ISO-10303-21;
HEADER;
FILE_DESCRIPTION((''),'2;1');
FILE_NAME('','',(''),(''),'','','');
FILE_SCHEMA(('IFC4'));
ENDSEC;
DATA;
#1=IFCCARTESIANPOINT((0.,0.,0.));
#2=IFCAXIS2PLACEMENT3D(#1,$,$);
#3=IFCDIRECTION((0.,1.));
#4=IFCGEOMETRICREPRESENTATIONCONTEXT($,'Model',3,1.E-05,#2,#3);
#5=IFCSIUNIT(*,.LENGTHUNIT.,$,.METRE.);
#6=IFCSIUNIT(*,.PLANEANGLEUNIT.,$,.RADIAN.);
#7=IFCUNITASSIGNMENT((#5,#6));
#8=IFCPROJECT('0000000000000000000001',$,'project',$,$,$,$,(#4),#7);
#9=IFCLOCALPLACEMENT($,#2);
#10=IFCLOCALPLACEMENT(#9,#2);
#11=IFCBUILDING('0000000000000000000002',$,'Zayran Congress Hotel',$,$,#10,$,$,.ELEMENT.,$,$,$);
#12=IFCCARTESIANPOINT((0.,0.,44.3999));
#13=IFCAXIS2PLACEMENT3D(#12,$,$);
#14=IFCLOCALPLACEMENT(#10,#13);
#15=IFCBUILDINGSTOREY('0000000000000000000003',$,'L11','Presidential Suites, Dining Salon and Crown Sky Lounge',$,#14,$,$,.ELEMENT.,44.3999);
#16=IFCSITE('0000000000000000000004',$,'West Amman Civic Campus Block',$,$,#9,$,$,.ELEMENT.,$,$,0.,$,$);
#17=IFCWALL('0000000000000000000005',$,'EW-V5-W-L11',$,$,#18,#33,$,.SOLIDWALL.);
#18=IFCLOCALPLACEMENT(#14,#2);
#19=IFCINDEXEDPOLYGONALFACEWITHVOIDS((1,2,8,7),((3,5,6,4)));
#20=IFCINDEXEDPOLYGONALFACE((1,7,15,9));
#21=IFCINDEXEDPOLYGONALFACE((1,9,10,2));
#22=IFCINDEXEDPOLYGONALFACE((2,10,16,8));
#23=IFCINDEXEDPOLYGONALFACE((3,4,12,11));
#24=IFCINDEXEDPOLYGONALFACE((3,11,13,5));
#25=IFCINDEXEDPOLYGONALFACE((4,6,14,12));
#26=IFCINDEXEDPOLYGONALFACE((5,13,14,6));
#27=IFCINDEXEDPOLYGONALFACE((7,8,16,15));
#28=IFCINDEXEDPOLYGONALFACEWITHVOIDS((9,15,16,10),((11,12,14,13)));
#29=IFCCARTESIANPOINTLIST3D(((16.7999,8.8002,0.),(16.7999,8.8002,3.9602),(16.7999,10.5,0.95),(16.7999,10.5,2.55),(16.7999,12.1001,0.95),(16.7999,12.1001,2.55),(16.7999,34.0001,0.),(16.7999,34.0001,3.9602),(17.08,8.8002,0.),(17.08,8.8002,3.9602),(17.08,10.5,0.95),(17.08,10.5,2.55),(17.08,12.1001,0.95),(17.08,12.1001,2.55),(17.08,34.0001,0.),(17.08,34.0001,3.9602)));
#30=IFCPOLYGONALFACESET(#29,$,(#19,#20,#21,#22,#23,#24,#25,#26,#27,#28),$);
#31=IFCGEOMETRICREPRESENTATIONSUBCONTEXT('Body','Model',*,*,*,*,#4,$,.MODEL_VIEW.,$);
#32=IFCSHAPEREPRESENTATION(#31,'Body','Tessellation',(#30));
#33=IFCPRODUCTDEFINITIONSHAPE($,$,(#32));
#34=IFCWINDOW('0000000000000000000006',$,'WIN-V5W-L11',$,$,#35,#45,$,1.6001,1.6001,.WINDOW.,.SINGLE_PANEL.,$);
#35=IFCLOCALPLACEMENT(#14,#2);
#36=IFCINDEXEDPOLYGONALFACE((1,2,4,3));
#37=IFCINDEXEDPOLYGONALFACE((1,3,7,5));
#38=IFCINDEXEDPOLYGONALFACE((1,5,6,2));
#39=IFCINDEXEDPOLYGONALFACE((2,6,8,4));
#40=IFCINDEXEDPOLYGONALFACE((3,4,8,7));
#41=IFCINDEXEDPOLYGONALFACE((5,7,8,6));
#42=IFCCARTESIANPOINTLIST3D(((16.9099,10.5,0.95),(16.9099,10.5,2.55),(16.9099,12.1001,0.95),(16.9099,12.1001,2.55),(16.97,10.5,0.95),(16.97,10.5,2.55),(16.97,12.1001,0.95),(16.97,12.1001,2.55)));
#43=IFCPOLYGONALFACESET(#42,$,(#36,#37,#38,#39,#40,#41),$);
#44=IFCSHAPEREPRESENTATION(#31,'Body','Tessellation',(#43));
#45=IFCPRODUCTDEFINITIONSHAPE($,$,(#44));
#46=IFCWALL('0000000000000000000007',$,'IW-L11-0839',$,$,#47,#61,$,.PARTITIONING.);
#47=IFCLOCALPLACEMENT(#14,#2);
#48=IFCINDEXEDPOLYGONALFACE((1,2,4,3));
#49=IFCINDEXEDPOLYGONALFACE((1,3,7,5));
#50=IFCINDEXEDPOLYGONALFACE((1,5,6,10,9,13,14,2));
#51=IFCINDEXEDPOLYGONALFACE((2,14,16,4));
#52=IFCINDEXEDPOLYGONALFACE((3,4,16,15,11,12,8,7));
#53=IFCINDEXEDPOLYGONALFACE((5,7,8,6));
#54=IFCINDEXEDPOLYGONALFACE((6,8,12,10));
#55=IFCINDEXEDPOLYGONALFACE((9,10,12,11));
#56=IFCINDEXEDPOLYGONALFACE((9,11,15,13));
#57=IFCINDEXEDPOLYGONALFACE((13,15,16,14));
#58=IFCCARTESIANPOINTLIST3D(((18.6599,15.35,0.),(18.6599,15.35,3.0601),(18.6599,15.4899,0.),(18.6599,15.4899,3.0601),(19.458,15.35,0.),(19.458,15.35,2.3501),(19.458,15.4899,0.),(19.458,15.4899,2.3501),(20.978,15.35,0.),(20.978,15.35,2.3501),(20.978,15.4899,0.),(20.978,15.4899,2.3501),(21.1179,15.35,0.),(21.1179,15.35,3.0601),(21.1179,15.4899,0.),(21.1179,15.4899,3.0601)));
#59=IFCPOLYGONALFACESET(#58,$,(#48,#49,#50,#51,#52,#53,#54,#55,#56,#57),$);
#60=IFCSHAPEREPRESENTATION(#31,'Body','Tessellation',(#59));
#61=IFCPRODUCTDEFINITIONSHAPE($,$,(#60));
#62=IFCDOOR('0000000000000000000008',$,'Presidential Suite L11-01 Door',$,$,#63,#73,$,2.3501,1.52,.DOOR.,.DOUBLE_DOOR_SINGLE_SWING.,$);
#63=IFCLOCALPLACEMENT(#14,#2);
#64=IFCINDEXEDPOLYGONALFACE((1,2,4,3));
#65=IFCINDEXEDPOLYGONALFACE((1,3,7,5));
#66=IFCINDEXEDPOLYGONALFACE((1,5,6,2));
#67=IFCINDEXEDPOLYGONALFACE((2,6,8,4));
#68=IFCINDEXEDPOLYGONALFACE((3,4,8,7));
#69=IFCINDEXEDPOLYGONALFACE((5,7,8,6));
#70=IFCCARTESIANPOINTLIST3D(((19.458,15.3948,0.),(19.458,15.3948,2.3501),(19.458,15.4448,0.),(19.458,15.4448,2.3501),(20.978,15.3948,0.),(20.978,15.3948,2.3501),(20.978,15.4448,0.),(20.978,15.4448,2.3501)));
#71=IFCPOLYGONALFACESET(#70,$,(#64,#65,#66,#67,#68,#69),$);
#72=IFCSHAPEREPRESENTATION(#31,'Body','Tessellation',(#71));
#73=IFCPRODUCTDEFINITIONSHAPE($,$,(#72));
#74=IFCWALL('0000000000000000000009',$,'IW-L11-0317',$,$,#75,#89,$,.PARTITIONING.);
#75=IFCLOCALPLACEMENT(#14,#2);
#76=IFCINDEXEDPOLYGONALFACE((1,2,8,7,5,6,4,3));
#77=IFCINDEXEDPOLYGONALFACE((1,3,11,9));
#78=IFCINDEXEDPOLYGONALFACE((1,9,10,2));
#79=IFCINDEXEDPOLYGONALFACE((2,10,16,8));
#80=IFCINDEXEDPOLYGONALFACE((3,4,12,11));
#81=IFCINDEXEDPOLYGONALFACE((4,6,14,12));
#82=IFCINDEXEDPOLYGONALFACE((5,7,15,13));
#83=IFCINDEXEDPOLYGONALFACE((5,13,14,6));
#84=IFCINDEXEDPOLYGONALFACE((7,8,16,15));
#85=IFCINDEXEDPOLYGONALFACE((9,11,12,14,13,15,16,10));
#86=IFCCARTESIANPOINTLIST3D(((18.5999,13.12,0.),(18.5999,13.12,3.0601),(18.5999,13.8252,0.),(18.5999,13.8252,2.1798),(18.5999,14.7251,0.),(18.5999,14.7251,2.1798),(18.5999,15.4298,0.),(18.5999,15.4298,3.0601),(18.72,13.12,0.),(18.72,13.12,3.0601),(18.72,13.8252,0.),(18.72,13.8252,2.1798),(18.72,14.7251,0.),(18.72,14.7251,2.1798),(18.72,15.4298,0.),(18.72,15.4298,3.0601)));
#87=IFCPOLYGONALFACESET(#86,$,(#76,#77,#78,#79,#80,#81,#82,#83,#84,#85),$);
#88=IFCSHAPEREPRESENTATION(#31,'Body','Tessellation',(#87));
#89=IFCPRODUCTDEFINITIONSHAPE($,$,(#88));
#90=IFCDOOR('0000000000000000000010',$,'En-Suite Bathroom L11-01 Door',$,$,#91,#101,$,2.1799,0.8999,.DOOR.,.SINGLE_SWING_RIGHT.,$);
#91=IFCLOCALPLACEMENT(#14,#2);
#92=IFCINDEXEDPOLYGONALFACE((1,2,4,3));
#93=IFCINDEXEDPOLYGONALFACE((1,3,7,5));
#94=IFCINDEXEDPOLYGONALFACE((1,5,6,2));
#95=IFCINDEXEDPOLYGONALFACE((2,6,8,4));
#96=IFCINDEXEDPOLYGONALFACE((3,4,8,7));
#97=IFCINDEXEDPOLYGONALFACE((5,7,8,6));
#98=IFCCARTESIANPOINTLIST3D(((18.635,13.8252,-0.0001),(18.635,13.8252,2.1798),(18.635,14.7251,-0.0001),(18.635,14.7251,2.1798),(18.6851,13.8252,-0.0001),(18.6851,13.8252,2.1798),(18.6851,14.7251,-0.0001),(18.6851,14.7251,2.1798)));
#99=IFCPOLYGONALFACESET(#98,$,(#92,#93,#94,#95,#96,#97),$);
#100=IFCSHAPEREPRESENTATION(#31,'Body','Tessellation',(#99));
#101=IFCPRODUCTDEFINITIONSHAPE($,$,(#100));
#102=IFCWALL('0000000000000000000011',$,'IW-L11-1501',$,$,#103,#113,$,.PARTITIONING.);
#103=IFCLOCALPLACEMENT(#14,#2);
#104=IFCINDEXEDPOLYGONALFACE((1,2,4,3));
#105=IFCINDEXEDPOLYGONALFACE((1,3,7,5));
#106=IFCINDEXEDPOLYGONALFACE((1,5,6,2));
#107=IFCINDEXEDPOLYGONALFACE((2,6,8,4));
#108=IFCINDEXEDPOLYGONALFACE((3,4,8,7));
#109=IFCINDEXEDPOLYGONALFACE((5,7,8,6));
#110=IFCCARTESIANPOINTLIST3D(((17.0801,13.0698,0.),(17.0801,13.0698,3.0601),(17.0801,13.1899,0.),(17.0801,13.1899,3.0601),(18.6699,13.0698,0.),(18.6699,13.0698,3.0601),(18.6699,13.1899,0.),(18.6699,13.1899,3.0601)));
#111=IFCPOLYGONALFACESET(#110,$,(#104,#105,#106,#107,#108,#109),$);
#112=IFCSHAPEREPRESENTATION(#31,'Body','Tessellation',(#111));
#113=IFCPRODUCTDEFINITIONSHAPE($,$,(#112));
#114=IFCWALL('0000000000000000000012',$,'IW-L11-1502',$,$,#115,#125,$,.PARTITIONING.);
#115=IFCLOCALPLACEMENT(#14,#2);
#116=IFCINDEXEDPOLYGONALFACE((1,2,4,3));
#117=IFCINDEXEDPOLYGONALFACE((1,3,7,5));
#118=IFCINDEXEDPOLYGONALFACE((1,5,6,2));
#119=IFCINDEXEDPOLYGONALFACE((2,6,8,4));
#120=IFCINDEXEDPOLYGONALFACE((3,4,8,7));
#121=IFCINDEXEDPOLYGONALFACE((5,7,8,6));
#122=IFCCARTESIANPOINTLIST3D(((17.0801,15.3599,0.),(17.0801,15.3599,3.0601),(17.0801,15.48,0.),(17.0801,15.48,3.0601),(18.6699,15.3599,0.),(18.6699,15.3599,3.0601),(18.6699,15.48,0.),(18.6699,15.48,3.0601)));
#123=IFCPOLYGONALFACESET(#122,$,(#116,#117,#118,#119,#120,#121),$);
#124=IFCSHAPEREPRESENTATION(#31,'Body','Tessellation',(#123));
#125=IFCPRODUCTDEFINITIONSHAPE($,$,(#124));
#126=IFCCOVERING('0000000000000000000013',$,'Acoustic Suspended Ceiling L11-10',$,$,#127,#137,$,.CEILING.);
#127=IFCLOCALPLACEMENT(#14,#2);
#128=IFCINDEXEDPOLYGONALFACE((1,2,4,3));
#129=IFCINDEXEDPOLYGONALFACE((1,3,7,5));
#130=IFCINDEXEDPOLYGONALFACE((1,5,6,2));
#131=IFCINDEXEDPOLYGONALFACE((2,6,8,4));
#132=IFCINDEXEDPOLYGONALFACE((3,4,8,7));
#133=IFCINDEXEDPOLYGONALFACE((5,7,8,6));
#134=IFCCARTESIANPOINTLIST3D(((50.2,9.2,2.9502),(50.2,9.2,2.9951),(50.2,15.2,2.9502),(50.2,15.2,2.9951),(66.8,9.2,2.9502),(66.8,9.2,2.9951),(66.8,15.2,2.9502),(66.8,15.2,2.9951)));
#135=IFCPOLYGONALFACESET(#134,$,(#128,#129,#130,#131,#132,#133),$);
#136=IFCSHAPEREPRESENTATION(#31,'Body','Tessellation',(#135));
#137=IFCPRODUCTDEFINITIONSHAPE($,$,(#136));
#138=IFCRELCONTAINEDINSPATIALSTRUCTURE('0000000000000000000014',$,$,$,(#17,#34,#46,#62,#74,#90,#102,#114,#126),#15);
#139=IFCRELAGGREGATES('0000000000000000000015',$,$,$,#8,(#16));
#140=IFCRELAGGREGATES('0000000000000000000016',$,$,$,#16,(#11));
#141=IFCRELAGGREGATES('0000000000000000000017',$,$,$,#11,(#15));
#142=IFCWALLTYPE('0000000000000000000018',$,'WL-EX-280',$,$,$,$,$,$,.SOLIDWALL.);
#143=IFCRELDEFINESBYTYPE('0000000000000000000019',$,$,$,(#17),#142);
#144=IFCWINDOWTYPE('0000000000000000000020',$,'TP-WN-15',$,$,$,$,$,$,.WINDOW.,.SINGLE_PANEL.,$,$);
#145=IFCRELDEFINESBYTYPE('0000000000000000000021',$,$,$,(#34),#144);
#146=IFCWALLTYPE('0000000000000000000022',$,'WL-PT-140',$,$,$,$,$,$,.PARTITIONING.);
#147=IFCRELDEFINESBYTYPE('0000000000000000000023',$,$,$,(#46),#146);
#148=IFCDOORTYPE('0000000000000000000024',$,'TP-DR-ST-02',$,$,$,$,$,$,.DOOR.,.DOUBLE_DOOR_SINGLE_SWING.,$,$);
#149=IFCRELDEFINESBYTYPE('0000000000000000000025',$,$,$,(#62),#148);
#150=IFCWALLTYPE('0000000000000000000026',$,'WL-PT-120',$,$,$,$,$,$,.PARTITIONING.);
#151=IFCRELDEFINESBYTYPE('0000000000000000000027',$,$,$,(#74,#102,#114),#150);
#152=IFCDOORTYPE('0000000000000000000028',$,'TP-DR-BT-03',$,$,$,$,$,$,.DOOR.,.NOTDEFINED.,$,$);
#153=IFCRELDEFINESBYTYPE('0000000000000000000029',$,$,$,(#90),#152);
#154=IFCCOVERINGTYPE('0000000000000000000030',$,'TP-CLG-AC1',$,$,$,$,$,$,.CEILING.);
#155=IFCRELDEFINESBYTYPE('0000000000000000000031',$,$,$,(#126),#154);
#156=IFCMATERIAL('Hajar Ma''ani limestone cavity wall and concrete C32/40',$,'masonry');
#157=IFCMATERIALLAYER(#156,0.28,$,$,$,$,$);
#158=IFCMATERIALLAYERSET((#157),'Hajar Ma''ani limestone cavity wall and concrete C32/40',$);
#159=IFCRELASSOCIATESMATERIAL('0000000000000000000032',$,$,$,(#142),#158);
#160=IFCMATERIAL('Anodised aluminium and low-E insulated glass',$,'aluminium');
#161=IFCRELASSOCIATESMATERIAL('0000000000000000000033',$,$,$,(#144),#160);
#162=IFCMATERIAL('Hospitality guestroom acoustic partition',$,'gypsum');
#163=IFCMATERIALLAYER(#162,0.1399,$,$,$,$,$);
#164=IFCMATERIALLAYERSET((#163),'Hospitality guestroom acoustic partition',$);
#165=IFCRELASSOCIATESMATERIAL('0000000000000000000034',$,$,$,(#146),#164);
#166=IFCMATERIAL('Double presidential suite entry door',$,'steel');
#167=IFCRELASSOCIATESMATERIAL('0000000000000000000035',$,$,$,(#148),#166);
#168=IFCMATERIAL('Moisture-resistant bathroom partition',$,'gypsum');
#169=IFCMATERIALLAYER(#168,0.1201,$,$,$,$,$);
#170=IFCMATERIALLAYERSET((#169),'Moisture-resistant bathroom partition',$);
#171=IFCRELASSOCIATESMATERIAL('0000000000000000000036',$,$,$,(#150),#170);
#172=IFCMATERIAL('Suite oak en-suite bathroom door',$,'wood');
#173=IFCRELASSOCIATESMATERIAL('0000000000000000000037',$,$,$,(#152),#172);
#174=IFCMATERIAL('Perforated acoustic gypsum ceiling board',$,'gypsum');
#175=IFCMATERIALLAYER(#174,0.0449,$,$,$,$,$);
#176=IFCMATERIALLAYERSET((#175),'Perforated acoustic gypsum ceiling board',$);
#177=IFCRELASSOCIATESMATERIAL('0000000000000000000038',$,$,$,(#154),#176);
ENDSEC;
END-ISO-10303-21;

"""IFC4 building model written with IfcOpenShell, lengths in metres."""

from ifc_helpers import new_model, si_unit, direction, frame, frame_2d, origin, place, context, subcontext, project, spatial, polyline, rectangle, outline, extrude, material, layer, layer_set, type_object, element, fill, save


model = new_model("IFC4")

# Units and contexts
model_context = context("Model", 3, precision=1e-05, world=origin(), true_north=direction((0.0, 1.0)))
body_context = subcontext(model_context, "Body", "Model", "MODEL_VIEW")
ifc_project = project(units=[si_unit("LENGTHUNIT", "METRE"), si_unit("PLANEANGLEUNIT", "RADIAN")], contexts=[model_context])

# Site, building, storey
site_placement = place(None, origin())
site = spatial("IfcSite", under=ifc_project, at=site_placement, Name="West Amman Civic Campus Block", CompositionType="ELEMENT", RefElevation=0.0)
building_placement = place(site_placement, origin())
building = spatial("IfcBuilding", under=site, at=building_placement, Name="Zayran Congress Hotel", CompositionType="ELEMENT")
storey_placement = place(building_placement, frame((0.0, 0.0, 44.3999)))
storey = spatial("IfcBuildingStorey", under=building, at=storey_placement, Name="L11", Description="Presidential Suites, Dining Salon and Crown Sky Lounge", CompositionType="ELEMENT", Elevation=44.3999)

# Wall, opening, window
ifc_material_1 = material(Name="Hajar Ma'ani limestone cavity wall and concrete C32/40", Category="masonry")
ifc_layer_1 = layer(ifc_material_1, 0.28)
ifc_layer_set_1 = layer_set([ifc_layer_1], Name="Hajar Ma'ani limestone cavity wall and concrete C32/40")
wall_type_1 = type_object("IfcWallType", Name="WL-EX-280", PredefinedType="SOLIDWALL", material=ifc_layer_set_1)
wall_1_placement = place(storey_placement, frame((16.9399, 8.8, 0.0), z_axis=(0.0, 0.0, 1.0), x_axis=(0.0, 1.0, 0.0)))
wall_1 = element("IfcWall", 1, at=wall_1_placement, inside=storey, type_object=wall_type_1, Name="EW-V5-W-L11", PredefinedType="SOLIDWALL", context=body_context, shape_type="SweptSolid", body=[
    extrude(rectangle(XDim=25.2, YDim=0.28, at=frame_2d((12.6001, 0.0))), origin(), (0.0, 0.0, 1.0), 3.9602),
])
opening_1_placement = place(wall_1_placement, frame((1.7, 0.0, 0.95)))
opening_1 = element("IfcOpeningElement", 2, at=opening_1_placement, cuts=wall_1, PredefinedType="OPENING", context=body_context, shape_type="SweptSolid", body=[
    extrude(rectangle(XDim=1.6001, YDim=1.6001, at=frame_2d((0.8, 0.8))), frame((0.0, 0.1499, 0.0), z_axis=(0.0, -1.0, 0.0), x_axis=(1.0, 0.0, 0.0)), (0.0, 0.0, 1.0), 0.3),
])
ifc_material_2 = material(Name="Anodised aluminium and low-E insulated glass", Category="aluminium")
window_type = type_object("IfcWindowType", Name="TP-WN-15", PartitioningType="SINGLE_PANEL", PredefinedType="WINDOW", material=ifc_material_2)
window_placement = place(opening_1_placement, origin())
window = element("IfcWindow", 3, at=window_placement, inside=storey, type_object=window_type, Name="WIN-V5W-L11", OverallHeight=1.6001, OverallWidth=1.6001, PartitioningType="SINGLE_PANEL", PredefinedType="WINDOW", context=body_context, shape_type="SweptSolid", body=[
    extrude(rectangle(XDim=1.6001, YDim=1.6001, at=frame_2d((0.8, 0.8))), frame((0.0, 0.03, 0.0), z_axis=(0.0, -1.0, 0.0), x_axis=(1.0, 0.0, 0.0)), (0.0, 0.0, 1.0), 0.0601),
])
fill(opening_1, window)

# Walls, openings, doors
ifc_material_3 = material(Name="Hospitality guestroom acoustic partition", Category="gypsum")
ifc_layer_2 = layer(ifc_material_3, 0.1399)
ifc_layer_set_2 = layer_set([ifc_layer_2], Name="Hospitality guestroom acoustic partition")
wall_type_2 = type_object("IfcWallType", Name="WL-PT-140", PredefinedType="PARTITIONING", material=ifc_layer_set_2)
wall_2_placement = place(storey_placement, frame((18.6599, 15.4199, 0.0), z_axis=(0.0, 0.0, 1.0), x_axis=(1.0, 0.0, 0.0)))
wall_2 = element("IfcWall", 4, at=wall_2_placement, inside=storey, type_object=wall_type_2, Name="IW-L11-0839", PredefinedType="PARTITIONING", context=body_context, shape_type="SweptSolid", body=[
    extrude(rectangle(XDim=2.458, YDim=0.1399, at=frame_2d((1.229, 0.0))), origin(), (0.0, 0.0, 1.0), 3.0601),
])
opening_2_placement = place(wall_2_placement, frame((0.7981, 0.0, 0.0)))
opening_2 = element("IfcOpeningElement", 5, at=opening_2_placement, cuts=wall_2, PredefinedType="OPENING", context=body_context, shape_type="SweptSolid", body=[
    extrude(rectangle(XDim=1.52, YDim=2.3501, at=frame_2d((0.76, 1.175))), frame((0.0, 0.0798, 0.0), z_axis=(0.0, -1.0, 0.0), x_axis=(1.0, 0.0, 0.0)), (0.0, 0.0, 1.0), 0.1599),
])
ifc_material_4 = material(Name="Double presidential suite entry door", Category="steel")
door_type_1 = type_object("IfcDoorType", Name="TP-DR-ST-02", OperationType="DOUBLE_DOOR_SINGLE_SWING", PredefinedType="DOOR", material=ifc_material_4)
door_1_placement = place(opening_2_placement, origin())
door_1 = element("IfcDoor", 6, at=door_1_placement, inside=storey, type_object=door_type_1, Name="Presidential Suite L11-01 Door", OperationType="DOUBLE_DOOR_SINGLE_SWING", OverallHeight=2.3501, OverallWidth=1.52, PredefinedType="DOOR", context=body_context, shape_type="SweptSolid", body=[
    extrude(rectangle(XDim=1.52, YDim=2.3501, at=frame_2d((0.76, 1.175))), frame((0.0, 0.0249, 0.0), z_axis=(0.0, -1.0, 0.0), x_axis=(1.0, 0.0, 0.0)), (0.0, 0.0, 1.0), 0.05),
])
fill(opening_2, door_1)
ifc_material_5 = material(Name="Moisture-resistant bathroom partition", Category="gypsum")
ifc_layer_3 = layer(ifc_material_5, 0.1201)
ifc_layer_set_3 = layer_set([ifc_layer_3], Name="Moisture-resistant bathroom partition")
wall_type_3 = type_object("IfcWallType", Name="WL-PT-120", PredefinedType="PARTITIONING", material=ifc_layer_set_3)
wall_3_placement = place(storey_placement, frame((18.6599, 13.1201, 0.0), z_axis=(0.0, 0.0, 1.0), x_axis=(0.0, 1.0, 0.0)))
wall_3 = element("IfcWall", 7, at=wall_3_placement, inside=storey, type_object=wall_type_3, Name="IW-L11-0317", PredefinedType="PARTITIONING", context=body_context, shape_type="SweptSolid", body=[
    extrude(rectangle(XDim=2.3098, YDim=0.1201, at=frame_2d((1.1548, 0.0))), origin(), (0.0, 0.0, 1.0), 3.0601),
])
opening_3_placement = place(wall_3_placement, frame((0.7051, 0.0, 0.0)))
opening_3 = element("IfcOpeningElement", 8, at=opening_3_placement, cuts=wall_3, PredefinedType="OPENING", context=body_context, shape_type="SweptSolid", body=[
    extrude(rectangle(XDim=0.8999, YDim=2.1799, at=frame_2d((0.45, 1.0898))), frame((0.0, 0.0701, 0.0), z_axis=(0.0, -1.0, 0.0), x_axis=(1.0, 0.0, 0.0)), (0.0, 0.0, 1.0), 0.1401),
])
ifc_material_6 = material(Name="Suite oak en-suite bathroom door", Category="wood")
door_type_2 = type_object("IfcDoorType", Name="TP-DR-BT-03", OperationType="NOTDEFINED", PredefinedType="DOOR", material=ifc_material_6)
door_2_placement = place(opening_3_placement, origin())
door_2 = element("IfcDoor", 9, at=door_2_placement, inside=storey, type_object=door_type_2, Name="En-Suite Bathroom L11-01 Door", OperationType="SINGLE_SWING_RIGHT", OverallHeight=2.1799, OverallWidth=0.8999, PredefinedType="DOOR", context=body_context, shape_type="SweptSolid", body=[
    extrude(rectangle(XDim=0.8999, YDim=2.1799, at=frame_2d((0.45, 1.0898))), frame((0.0, 0.0249, 0.0), z_axis=(0.0, -1.0, 0.0), x_axis=(1.0, 0.0, 0.0)), (0.0, 0.0, 1.0), 0.05),
])
fill(opening_3, door_2)

# Walls
for number, where, z_axis, x_axis, name in (
    (10, (17.0801, 13.1299, 0.0), (0.0, 0.0, 1.0), (1.0, 0.0, 0.0), "IW-L11-1501"),
    (11, (17.0801, 15.4199, 0.0), (0.0, 0.0, 1.0), (1.0, 0.0, 0.0), "IW-L11-1502"),
):
    element("IfcWall", number, at=place(storey_placement, frame(where, z_axis=z_axis, x_axis=x_axis)), inside=storey, type_object=wall_type_3, Name=name, PredefinedType="PARTITIONING", context=body_context, shape_type="SweptSolid", body=[
        extrude(rectangle(XDim=1.5898, YDim=0.1201, at=frame_2d((0.7949, 0.0))), origin(), (0.0, 0.0, 1.0), 3.0601),
    ])

# Covering
ifc_material_7 = material(Name="Perforated acoustic gypsum ceiling board", Category="gypsum")
ifc_layer_4 = layer(ifc_material_7, 0.0449)
ifc_layer_set_4 = layer_set([ifc_layer_4], Name="Perforated acoustic gypsum ceiling board")
covering_type = type_object("IfcCoveringType", Name="TP-CLG-AC1", PredefinedType="CEILING", material=ifc_layer_set_4)
covering_placement = place(storey_placement, frame((0.0, 0.0, 2.9502)))
element("IfcCovering", 12, at=covering_placement, inside=storey, type_object=covering_type, Name="Acoustic Suspended Ceiling L11-10", PredefinedType="CEILING", context=body_context, shape_type="SweptSolid", body=[
    extrude(outline(polyline([(50.2, 9.2), (66.8, 9.2), (66.8, 15.2), (50.2, 15.2), (50.2, 9.2)])), origin(), (0.0, 0.0, 1.0), 0.0449),
])

save(model, "model.ifc")
